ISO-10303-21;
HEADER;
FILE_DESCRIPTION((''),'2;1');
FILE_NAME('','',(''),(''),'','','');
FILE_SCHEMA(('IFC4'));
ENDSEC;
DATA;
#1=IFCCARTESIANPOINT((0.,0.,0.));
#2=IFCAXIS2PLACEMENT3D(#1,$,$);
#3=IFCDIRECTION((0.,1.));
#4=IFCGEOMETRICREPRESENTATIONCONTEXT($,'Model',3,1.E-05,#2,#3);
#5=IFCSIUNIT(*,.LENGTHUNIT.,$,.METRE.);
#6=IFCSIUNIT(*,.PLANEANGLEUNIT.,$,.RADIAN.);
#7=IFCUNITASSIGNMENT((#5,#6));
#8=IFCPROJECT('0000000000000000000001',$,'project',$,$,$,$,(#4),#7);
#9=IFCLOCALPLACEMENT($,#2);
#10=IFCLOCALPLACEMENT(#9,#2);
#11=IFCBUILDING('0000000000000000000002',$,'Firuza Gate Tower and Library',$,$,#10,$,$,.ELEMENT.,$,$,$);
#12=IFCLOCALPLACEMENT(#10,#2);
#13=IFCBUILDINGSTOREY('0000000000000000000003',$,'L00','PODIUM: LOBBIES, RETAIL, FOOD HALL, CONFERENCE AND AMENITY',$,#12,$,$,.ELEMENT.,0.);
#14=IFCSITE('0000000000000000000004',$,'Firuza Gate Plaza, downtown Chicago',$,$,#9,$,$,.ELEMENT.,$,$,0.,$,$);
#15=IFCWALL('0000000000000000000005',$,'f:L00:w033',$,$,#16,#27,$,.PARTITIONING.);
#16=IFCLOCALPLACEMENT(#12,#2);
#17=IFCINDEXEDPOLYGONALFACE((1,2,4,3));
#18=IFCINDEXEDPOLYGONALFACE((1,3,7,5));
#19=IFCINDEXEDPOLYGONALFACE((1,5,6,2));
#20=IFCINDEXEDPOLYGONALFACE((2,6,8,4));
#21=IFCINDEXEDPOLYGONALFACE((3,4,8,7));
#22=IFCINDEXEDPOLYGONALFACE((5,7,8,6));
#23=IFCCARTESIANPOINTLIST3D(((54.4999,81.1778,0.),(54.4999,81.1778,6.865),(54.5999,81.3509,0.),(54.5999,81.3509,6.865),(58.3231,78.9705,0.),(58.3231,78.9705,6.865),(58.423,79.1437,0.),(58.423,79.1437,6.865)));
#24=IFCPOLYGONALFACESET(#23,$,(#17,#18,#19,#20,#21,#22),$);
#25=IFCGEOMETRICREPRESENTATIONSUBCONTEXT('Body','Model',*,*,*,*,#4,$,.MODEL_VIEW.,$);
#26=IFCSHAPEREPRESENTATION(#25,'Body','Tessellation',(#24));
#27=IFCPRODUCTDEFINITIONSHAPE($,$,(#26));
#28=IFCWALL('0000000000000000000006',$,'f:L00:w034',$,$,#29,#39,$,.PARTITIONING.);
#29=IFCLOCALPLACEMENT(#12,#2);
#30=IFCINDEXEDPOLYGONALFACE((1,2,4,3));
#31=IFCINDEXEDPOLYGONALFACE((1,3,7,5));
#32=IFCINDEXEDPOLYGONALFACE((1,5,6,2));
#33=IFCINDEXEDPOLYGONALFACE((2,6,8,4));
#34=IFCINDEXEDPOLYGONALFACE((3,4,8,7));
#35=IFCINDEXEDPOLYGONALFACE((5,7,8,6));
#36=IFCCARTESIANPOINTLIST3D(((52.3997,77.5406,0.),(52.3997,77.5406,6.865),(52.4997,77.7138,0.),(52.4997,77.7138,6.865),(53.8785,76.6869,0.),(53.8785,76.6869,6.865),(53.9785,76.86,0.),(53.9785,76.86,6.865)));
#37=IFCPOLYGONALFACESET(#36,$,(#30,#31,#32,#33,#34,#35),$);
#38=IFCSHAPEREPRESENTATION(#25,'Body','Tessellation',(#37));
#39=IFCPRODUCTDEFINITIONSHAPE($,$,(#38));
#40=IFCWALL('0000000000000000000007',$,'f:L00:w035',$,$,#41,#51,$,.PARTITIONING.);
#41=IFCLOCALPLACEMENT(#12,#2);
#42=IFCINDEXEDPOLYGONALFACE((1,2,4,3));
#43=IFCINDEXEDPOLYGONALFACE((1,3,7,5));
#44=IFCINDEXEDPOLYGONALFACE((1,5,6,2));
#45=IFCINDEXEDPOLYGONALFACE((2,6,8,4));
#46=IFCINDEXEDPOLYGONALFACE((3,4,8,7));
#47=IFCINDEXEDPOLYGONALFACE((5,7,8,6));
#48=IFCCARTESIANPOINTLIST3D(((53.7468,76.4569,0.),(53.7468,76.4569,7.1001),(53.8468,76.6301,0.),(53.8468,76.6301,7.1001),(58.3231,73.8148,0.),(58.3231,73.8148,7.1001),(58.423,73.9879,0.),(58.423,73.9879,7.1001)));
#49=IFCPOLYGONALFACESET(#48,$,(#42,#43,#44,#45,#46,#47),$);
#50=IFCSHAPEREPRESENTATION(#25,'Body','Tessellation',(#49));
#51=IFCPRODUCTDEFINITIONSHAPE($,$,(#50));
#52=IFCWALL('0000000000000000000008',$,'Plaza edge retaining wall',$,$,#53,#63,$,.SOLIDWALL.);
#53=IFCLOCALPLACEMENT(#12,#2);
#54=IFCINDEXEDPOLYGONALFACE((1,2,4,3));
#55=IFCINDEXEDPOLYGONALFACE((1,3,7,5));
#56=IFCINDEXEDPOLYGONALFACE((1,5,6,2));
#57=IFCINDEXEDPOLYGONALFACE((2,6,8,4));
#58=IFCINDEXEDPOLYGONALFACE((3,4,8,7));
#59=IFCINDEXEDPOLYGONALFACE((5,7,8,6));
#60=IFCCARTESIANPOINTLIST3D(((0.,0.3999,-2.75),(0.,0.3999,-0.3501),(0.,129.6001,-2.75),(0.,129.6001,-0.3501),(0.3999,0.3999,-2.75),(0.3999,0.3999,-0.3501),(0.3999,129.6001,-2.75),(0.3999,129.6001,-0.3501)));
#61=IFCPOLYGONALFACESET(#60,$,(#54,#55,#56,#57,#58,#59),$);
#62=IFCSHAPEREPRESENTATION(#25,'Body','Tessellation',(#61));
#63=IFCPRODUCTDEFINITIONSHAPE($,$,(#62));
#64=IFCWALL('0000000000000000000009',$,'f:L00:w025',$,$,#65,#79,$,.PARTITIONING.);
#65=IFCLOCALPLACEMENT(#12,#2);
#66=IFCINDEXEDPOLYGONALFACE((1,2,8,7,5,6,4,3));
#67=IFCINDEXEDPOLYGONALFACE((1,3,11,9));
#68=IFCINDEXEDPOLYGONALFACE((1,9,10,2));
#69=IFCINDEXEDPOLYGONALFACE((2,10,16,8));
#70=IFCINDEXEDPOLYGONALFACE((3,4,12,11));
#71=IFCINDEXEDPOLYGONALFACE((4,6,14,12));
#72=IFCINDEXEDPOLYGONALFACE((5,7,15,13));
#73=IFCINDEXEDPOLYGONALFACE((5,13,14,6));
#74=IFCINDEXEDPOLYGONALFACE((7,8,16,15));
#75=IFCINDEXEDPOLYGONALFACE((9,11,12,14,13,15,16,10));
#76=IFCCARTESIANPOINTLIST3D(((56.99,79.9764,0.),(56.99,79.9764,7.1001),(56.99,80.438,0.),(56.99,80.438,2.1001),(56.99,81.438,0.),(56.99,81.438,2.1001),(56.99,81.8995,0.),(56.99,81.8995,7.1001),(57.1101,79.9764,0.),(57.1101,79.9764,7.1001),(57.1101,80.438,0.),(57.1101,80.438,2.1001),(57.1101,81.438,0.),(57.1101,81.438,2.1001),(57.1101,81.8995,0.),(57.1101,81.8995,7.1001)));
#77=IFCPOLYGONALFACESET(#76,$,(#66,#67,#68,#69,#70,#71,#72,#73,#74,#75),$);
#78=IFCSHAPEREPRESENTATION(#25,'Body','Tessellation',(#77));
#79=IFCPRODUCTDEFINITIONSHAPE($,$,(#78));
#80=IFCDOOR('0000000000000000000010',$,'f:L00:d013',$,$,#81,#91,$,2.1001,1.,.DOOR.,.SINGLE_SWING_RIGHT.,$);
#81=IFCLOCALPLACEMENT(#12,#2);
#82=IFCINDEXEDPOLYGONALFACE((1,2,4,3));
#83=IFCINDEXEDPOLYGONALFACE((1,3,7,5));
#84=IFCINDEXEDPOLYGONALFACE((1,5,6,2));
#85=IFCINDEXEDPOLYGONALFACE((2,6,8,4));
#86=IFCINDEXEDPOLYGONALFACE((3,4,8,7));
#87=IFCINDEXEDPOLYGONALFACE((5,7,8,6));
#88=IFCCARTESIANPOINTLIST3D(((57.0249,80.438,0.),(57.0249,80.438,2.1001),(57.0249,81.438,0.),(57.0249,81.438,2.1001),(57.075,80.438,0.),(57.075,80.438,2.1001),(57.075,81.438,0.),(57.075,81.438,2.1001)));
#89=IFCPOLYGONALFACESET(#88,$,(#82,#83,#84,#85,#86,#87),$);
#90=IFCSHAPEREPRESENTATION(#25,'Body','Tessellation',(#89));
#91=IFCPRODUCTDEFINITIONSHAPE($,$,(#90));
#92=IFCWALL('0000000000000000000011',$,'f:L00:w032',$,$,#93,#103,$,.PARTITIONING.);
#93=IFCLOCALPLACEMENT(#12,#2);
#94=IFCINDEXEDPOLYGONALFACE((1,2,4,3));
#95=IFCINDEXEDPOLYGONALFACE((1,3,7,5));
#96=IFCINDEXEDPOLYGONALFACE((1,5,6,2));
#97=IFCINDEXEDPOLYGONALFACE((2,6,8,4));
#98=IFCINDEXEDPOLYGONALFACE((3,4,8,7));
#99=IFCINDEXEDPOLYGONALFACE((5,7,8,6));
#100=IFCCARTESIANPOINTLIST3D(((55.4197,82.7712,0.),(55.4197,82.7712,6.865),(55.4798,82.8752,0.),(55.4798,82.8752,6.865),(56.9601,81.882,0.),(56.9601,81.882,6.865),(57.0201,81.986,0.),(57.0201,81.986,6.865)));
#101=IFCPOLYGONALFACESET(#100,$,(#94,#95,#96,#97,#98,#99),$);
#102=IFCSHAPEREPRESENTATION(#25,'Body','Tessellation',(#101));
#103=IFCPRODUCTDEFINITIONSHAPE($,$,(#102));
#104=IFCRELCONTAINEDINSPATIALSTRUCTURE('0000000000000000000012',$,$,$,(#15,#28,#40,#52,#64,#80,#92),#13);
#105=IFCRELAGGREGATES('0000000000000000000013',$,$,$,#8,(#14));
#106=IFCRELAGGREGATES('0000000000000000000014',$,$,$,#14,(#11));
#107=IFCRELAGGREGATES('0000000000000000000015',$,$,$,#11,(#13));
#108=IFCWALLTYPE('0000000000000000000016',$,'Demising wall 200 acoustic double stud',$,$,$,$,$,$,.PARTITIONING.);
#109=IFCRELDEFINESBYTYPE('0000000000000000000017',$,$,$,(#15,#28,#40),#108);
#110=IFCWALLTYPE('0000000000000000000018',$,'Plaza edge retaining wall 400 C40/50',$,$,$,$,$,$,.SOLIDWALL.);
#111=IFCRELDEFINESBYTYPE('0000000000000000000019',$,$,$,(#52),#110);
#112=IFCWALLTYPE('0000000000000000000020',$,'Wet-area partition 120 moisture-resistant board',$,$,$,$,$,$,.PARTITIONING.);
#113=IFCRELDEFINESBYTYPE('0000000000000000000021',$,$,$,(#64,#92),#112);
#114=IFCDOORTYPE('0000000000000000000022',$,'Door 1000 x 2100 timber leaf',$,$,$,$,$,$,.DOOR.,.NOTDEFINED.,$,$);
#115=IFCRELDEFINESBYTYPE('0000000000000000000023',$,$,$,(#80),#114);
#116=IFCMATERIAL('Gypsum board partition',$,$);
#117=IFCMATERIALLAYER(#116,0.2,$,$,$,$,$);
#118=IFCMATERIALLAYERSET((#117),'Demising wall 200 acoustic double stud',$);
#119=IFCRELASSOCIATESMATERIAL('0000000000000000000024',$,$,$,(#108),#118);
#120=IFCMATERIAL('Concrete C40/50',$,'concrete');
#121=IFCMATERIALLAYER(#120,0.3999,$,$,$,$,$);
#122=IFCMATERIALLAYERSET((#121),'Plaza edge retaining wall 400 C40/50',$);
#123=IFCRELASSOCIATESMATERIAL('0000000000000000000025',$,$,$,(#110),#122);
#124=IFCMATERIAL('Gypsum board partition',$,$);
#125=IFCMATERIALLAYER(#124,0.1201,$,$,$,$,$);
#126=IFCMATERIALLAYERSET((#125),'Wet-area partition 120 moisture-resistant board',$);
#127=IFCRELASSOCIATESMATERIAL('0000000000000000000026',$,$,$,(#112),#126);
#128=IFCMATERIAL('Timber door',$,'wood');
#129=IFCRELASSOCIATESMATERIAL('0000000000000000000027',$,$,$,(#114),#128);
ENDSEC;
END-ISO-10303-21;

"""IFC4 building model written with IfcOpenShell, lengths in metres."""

from ifc_helpers import new_model, si_unit, direction, frame, frame_2d, origin, place, context, subcontext, project, spatial, rectangle, extrude, material, layer, layer_set, type_object, element, fill, save


model = new_model("IFC4")

# Units and contexts
model_context = context("Model", 3, precision=1e-05, world=origin(), true_north=direction((0.0, 1.0)))
body_context = subcontext(model_context, "Body", "Model", "MODEL_VIEW")
ifc_project = project(units=[si_unit("LENGTHUNIT", "METRE"), si_unit("PLANEANGLEUNIT", "RADIAN")], contexts=[model_context])

# Site, building, storey
site_placement = place(None, origin())
site = spatial("IfcSite", under=ifc_project, at=site_placement, Name="Firuza Gate Plaza, downtown Chicago", CompositionType="ELEMENT", RefElevation=0.0)
building_placement = place(site_placement, origin())
building = spatial("IfcBuilding", under=site, at=building_placement, Name="Firuza Gate Tower and Library", CompositionType="ELEMENT")
storey_placement = place(building_placement, origin())
storey = spatial("IfcBuildingStorey", under=building, at=storey_placement, Name="L00", Description="PODIUM: LOBBIES, RETAIL, FOOD HALL, CONFERENCE AND AMENITY", CompositionType="ELEMENT", Elevation=0.0)

# Walls
ifc_material_1 = material(Name="Gypsum board partition")
ifc_layer_1 = layer(ifc_material_1, 0.2)
ifc_layer_set_1 = layer_set([ifc_layer_1], Name="Demising wall 200 acoustic double stud")
wall_type_1 = type_object("IfcWallType", Name="Demising wall 200 acoustic double stud", PredefinedType="PARTITIONING", material=ifc_layer_set_1)
wall_1_placement = place(storey_placement, frame((58.373, 79.0571, 0.0), z_axis=(0.0, 0.0, 1.0), x_axis=(-0.866033, 0.499987, 0.0)))
element("IfcWall", 1, at=wall_1_placement, inside=storey, type_object=wall_type_1, Name="f:L00:w033", PredefinedType="PARTITIONING", context=body_context, shape_type="SweptSolid", body=[
    extrude(rectangle(XDim=4.4146, YDim=0.2, at=frame_2d((2.2073, 0.0))), origin(), (0.0, 0.0, 1.0), 6.865),
])
wall_2_placement = place(storey_placement, frame((53.9285, 76.7734, 0.0), z_axis=(0.0, 0.0, 1.0), x_axis=(-0.866026, 0.499999, 0.0)))
element("IfcWall", 2, at=wall_2_placement, inside=storey, type_object=wall_type_1, Name="f:L00:w034", PredefinedType="PARTITIONING", context=body_context, shape_type="SweptSolid", body=[
    extrude(rectangle(XDim=1.7075, YDim=0.2, at=frame_2d((0.8538, 0.0))), origin(), (0.0, 0.0, 1.0), 6.865),
])
wall_3_placement = place(storey_placement, frame((58.373, 73.9014, 0.0), z_axis=(0.0, 0.0, 1.0), x_axis=(-0.866022, 0.500005, 0.0)))
element("IfcWall", 3, at=wall_3_placement, inside=storey, type_object=wall_type_1, Name="f:L00:w035", PredefinedType="PARTITIONING", context=body_context, shape_type="SweptSolid", body=[
    extrude(rectangle(XDim=5.2842, YDim=0.2, at=frame_2d((2.6421, 0.0))), origin(), (0.0, 0.0, 1.0), 7.1001),
])
ifc_material_2 = material(Name="Concrete C40/50", Category="concrete")
ifc_layer_2 = layer(ifc_material_2, 0.3999)
ifc_layer_set_2 = layer_set([ifc_layer_2], Name="Plaza edge retaining wall 400 C40/50")
wall_type_2 = type_object("IfcWallType", Name="Plaza edge retaining wall 400 C40/50", PredefinedType="SOLIDWALL", material=ifc_layer_set_2)
wall_4_placement = place(storey_placement, frame((0.2, 129.6001, -2.75), z_axis=(0.0, 0.0, 1.0), x_axis=(0.0, -1.0, 0.0)))
element("IfcWall", 4, at=wall_4_placement, inside=storey, type_object=wall_type_2, Name="Plaza edge retaining wall", PredefinedType="SOLIDWALL", context=body_context, shape_type="SweptSolid", body=[
    extrude(rectangle(XDim=129.2002, YDim=0.3999, at=frame_2d((64.6001, 0.0))), origin(), (0.0, 0.0, 1.0), 2.3999),
])

# Wall, opening, door
ifc_material_3 = material(Name="Gypsum board partition")
ifc_layer_3 = layer(ifc_material_3, 0.1201)
ifc_layer_set_3 = layer_set([ifc_layer_3], Name="Wet-area partition 120 moisture-resistant board")
wall_type_3 = type_object("IfcWallType", Name="Wet-area partition 120 moisture-resistant board", PredefinedType="PARTITIONING", material=ifc_layer_set_3)
wall_5_placement = place(storey_placement, frame((57.05, 81.8994, 0.0), z_axis=(0.0, 0.0, 1.0), x_axis=(0.0, -1.0, 0.0)))
wall_5 = element("IfcWall", 5, at=wall_5_placement, inside=storey, type_object=wall_type_3, Name="f:L00:w025", PredefinedType="PARTITIONING", context=body_context, shape_type="SweptSolid", body=[
    extrude(rectangle(XDim=1.9231, YDim=0.1201, at=frame_2d((0.9614, 0.0))), origin(), (0.0, 0.0, 1.0), 7.1001),
])
opening_1_placement = place(wall_5_placement, frame((0.4614, 0.0, 0.0)))
opening_1 = element("IfcOpeningElement", 6, at=opening_1_placement, cuts=wall_5, PredefinedType="OPENING", context=body_context, shape_type="SweptSolid", body=[
    extrude(rectangle(XDim=1.0, YDim=2.1001, at=frame_2d((0.5, 1.05))), frame((0.0, 0.0701, 0.0), z_axis=(0.0, -1.0, 0.0), x_axis=(1.0, 0.0, 0.0)), (0.0, 0.0, 1.0), 0.1401),
])
ifc_material_4 = material(Name="Timber door", Category="wood")
door_type_1 = type_object("IfcDoorType", Name="Door 1000 x 2100 timber leaf", OperationType="NOTDEFINED", PredefinedType="DOOR", material=ifc_material_4)
door_1_placement = place(opening_1_placement, origin())
door_1 = element("IfcDoor", 7, at=door_1_placement, inside=storey, type_object=door_type_1, Name="f:L00:d013", OperationType="SINGLE_SWING_RIGHT", OverallHeight=2.1001, OverallWidth=1.0, PredefinedType="DOOR", context=body_context, shape_type="SweptSolid", body=[
    extrude(rectangle(XDim=1.0, YDim=2.1001, at=frame_2d((0.5, 1.05))), frame((0.0, 0.0249, 0.0), z_axis=(0.0, -1.0, 0.0), x_axis=(1.0, 0.0, 0.0)), (0.0, 0.0, 1.0), 0.05),
])
fill(opening_1, door_1)

# Wall
wall_6_placement = place(storey_placement, frame((56.99, 81.9341, 0.0), z_axis=(0.0, 0.0, 1.0), x_axis=(-0.866055, 0.499948, 0.0)))
element("IfcWall", 8, at=wall_6_placement, inside=storey, type_object=wall_type_3, Name="f:L00:w032", PredefinedType="PARTITIONING", context=body_context, shape_type="SweptSolid", body=[
    extrude(rectangle(XDim=1.7786, YDim=0.1201, at=frame_2d((0.8892, 0.0))), origin(), (0.0, 0.0, 1.0), 6.865),
])

save(model, "model.ifc")
